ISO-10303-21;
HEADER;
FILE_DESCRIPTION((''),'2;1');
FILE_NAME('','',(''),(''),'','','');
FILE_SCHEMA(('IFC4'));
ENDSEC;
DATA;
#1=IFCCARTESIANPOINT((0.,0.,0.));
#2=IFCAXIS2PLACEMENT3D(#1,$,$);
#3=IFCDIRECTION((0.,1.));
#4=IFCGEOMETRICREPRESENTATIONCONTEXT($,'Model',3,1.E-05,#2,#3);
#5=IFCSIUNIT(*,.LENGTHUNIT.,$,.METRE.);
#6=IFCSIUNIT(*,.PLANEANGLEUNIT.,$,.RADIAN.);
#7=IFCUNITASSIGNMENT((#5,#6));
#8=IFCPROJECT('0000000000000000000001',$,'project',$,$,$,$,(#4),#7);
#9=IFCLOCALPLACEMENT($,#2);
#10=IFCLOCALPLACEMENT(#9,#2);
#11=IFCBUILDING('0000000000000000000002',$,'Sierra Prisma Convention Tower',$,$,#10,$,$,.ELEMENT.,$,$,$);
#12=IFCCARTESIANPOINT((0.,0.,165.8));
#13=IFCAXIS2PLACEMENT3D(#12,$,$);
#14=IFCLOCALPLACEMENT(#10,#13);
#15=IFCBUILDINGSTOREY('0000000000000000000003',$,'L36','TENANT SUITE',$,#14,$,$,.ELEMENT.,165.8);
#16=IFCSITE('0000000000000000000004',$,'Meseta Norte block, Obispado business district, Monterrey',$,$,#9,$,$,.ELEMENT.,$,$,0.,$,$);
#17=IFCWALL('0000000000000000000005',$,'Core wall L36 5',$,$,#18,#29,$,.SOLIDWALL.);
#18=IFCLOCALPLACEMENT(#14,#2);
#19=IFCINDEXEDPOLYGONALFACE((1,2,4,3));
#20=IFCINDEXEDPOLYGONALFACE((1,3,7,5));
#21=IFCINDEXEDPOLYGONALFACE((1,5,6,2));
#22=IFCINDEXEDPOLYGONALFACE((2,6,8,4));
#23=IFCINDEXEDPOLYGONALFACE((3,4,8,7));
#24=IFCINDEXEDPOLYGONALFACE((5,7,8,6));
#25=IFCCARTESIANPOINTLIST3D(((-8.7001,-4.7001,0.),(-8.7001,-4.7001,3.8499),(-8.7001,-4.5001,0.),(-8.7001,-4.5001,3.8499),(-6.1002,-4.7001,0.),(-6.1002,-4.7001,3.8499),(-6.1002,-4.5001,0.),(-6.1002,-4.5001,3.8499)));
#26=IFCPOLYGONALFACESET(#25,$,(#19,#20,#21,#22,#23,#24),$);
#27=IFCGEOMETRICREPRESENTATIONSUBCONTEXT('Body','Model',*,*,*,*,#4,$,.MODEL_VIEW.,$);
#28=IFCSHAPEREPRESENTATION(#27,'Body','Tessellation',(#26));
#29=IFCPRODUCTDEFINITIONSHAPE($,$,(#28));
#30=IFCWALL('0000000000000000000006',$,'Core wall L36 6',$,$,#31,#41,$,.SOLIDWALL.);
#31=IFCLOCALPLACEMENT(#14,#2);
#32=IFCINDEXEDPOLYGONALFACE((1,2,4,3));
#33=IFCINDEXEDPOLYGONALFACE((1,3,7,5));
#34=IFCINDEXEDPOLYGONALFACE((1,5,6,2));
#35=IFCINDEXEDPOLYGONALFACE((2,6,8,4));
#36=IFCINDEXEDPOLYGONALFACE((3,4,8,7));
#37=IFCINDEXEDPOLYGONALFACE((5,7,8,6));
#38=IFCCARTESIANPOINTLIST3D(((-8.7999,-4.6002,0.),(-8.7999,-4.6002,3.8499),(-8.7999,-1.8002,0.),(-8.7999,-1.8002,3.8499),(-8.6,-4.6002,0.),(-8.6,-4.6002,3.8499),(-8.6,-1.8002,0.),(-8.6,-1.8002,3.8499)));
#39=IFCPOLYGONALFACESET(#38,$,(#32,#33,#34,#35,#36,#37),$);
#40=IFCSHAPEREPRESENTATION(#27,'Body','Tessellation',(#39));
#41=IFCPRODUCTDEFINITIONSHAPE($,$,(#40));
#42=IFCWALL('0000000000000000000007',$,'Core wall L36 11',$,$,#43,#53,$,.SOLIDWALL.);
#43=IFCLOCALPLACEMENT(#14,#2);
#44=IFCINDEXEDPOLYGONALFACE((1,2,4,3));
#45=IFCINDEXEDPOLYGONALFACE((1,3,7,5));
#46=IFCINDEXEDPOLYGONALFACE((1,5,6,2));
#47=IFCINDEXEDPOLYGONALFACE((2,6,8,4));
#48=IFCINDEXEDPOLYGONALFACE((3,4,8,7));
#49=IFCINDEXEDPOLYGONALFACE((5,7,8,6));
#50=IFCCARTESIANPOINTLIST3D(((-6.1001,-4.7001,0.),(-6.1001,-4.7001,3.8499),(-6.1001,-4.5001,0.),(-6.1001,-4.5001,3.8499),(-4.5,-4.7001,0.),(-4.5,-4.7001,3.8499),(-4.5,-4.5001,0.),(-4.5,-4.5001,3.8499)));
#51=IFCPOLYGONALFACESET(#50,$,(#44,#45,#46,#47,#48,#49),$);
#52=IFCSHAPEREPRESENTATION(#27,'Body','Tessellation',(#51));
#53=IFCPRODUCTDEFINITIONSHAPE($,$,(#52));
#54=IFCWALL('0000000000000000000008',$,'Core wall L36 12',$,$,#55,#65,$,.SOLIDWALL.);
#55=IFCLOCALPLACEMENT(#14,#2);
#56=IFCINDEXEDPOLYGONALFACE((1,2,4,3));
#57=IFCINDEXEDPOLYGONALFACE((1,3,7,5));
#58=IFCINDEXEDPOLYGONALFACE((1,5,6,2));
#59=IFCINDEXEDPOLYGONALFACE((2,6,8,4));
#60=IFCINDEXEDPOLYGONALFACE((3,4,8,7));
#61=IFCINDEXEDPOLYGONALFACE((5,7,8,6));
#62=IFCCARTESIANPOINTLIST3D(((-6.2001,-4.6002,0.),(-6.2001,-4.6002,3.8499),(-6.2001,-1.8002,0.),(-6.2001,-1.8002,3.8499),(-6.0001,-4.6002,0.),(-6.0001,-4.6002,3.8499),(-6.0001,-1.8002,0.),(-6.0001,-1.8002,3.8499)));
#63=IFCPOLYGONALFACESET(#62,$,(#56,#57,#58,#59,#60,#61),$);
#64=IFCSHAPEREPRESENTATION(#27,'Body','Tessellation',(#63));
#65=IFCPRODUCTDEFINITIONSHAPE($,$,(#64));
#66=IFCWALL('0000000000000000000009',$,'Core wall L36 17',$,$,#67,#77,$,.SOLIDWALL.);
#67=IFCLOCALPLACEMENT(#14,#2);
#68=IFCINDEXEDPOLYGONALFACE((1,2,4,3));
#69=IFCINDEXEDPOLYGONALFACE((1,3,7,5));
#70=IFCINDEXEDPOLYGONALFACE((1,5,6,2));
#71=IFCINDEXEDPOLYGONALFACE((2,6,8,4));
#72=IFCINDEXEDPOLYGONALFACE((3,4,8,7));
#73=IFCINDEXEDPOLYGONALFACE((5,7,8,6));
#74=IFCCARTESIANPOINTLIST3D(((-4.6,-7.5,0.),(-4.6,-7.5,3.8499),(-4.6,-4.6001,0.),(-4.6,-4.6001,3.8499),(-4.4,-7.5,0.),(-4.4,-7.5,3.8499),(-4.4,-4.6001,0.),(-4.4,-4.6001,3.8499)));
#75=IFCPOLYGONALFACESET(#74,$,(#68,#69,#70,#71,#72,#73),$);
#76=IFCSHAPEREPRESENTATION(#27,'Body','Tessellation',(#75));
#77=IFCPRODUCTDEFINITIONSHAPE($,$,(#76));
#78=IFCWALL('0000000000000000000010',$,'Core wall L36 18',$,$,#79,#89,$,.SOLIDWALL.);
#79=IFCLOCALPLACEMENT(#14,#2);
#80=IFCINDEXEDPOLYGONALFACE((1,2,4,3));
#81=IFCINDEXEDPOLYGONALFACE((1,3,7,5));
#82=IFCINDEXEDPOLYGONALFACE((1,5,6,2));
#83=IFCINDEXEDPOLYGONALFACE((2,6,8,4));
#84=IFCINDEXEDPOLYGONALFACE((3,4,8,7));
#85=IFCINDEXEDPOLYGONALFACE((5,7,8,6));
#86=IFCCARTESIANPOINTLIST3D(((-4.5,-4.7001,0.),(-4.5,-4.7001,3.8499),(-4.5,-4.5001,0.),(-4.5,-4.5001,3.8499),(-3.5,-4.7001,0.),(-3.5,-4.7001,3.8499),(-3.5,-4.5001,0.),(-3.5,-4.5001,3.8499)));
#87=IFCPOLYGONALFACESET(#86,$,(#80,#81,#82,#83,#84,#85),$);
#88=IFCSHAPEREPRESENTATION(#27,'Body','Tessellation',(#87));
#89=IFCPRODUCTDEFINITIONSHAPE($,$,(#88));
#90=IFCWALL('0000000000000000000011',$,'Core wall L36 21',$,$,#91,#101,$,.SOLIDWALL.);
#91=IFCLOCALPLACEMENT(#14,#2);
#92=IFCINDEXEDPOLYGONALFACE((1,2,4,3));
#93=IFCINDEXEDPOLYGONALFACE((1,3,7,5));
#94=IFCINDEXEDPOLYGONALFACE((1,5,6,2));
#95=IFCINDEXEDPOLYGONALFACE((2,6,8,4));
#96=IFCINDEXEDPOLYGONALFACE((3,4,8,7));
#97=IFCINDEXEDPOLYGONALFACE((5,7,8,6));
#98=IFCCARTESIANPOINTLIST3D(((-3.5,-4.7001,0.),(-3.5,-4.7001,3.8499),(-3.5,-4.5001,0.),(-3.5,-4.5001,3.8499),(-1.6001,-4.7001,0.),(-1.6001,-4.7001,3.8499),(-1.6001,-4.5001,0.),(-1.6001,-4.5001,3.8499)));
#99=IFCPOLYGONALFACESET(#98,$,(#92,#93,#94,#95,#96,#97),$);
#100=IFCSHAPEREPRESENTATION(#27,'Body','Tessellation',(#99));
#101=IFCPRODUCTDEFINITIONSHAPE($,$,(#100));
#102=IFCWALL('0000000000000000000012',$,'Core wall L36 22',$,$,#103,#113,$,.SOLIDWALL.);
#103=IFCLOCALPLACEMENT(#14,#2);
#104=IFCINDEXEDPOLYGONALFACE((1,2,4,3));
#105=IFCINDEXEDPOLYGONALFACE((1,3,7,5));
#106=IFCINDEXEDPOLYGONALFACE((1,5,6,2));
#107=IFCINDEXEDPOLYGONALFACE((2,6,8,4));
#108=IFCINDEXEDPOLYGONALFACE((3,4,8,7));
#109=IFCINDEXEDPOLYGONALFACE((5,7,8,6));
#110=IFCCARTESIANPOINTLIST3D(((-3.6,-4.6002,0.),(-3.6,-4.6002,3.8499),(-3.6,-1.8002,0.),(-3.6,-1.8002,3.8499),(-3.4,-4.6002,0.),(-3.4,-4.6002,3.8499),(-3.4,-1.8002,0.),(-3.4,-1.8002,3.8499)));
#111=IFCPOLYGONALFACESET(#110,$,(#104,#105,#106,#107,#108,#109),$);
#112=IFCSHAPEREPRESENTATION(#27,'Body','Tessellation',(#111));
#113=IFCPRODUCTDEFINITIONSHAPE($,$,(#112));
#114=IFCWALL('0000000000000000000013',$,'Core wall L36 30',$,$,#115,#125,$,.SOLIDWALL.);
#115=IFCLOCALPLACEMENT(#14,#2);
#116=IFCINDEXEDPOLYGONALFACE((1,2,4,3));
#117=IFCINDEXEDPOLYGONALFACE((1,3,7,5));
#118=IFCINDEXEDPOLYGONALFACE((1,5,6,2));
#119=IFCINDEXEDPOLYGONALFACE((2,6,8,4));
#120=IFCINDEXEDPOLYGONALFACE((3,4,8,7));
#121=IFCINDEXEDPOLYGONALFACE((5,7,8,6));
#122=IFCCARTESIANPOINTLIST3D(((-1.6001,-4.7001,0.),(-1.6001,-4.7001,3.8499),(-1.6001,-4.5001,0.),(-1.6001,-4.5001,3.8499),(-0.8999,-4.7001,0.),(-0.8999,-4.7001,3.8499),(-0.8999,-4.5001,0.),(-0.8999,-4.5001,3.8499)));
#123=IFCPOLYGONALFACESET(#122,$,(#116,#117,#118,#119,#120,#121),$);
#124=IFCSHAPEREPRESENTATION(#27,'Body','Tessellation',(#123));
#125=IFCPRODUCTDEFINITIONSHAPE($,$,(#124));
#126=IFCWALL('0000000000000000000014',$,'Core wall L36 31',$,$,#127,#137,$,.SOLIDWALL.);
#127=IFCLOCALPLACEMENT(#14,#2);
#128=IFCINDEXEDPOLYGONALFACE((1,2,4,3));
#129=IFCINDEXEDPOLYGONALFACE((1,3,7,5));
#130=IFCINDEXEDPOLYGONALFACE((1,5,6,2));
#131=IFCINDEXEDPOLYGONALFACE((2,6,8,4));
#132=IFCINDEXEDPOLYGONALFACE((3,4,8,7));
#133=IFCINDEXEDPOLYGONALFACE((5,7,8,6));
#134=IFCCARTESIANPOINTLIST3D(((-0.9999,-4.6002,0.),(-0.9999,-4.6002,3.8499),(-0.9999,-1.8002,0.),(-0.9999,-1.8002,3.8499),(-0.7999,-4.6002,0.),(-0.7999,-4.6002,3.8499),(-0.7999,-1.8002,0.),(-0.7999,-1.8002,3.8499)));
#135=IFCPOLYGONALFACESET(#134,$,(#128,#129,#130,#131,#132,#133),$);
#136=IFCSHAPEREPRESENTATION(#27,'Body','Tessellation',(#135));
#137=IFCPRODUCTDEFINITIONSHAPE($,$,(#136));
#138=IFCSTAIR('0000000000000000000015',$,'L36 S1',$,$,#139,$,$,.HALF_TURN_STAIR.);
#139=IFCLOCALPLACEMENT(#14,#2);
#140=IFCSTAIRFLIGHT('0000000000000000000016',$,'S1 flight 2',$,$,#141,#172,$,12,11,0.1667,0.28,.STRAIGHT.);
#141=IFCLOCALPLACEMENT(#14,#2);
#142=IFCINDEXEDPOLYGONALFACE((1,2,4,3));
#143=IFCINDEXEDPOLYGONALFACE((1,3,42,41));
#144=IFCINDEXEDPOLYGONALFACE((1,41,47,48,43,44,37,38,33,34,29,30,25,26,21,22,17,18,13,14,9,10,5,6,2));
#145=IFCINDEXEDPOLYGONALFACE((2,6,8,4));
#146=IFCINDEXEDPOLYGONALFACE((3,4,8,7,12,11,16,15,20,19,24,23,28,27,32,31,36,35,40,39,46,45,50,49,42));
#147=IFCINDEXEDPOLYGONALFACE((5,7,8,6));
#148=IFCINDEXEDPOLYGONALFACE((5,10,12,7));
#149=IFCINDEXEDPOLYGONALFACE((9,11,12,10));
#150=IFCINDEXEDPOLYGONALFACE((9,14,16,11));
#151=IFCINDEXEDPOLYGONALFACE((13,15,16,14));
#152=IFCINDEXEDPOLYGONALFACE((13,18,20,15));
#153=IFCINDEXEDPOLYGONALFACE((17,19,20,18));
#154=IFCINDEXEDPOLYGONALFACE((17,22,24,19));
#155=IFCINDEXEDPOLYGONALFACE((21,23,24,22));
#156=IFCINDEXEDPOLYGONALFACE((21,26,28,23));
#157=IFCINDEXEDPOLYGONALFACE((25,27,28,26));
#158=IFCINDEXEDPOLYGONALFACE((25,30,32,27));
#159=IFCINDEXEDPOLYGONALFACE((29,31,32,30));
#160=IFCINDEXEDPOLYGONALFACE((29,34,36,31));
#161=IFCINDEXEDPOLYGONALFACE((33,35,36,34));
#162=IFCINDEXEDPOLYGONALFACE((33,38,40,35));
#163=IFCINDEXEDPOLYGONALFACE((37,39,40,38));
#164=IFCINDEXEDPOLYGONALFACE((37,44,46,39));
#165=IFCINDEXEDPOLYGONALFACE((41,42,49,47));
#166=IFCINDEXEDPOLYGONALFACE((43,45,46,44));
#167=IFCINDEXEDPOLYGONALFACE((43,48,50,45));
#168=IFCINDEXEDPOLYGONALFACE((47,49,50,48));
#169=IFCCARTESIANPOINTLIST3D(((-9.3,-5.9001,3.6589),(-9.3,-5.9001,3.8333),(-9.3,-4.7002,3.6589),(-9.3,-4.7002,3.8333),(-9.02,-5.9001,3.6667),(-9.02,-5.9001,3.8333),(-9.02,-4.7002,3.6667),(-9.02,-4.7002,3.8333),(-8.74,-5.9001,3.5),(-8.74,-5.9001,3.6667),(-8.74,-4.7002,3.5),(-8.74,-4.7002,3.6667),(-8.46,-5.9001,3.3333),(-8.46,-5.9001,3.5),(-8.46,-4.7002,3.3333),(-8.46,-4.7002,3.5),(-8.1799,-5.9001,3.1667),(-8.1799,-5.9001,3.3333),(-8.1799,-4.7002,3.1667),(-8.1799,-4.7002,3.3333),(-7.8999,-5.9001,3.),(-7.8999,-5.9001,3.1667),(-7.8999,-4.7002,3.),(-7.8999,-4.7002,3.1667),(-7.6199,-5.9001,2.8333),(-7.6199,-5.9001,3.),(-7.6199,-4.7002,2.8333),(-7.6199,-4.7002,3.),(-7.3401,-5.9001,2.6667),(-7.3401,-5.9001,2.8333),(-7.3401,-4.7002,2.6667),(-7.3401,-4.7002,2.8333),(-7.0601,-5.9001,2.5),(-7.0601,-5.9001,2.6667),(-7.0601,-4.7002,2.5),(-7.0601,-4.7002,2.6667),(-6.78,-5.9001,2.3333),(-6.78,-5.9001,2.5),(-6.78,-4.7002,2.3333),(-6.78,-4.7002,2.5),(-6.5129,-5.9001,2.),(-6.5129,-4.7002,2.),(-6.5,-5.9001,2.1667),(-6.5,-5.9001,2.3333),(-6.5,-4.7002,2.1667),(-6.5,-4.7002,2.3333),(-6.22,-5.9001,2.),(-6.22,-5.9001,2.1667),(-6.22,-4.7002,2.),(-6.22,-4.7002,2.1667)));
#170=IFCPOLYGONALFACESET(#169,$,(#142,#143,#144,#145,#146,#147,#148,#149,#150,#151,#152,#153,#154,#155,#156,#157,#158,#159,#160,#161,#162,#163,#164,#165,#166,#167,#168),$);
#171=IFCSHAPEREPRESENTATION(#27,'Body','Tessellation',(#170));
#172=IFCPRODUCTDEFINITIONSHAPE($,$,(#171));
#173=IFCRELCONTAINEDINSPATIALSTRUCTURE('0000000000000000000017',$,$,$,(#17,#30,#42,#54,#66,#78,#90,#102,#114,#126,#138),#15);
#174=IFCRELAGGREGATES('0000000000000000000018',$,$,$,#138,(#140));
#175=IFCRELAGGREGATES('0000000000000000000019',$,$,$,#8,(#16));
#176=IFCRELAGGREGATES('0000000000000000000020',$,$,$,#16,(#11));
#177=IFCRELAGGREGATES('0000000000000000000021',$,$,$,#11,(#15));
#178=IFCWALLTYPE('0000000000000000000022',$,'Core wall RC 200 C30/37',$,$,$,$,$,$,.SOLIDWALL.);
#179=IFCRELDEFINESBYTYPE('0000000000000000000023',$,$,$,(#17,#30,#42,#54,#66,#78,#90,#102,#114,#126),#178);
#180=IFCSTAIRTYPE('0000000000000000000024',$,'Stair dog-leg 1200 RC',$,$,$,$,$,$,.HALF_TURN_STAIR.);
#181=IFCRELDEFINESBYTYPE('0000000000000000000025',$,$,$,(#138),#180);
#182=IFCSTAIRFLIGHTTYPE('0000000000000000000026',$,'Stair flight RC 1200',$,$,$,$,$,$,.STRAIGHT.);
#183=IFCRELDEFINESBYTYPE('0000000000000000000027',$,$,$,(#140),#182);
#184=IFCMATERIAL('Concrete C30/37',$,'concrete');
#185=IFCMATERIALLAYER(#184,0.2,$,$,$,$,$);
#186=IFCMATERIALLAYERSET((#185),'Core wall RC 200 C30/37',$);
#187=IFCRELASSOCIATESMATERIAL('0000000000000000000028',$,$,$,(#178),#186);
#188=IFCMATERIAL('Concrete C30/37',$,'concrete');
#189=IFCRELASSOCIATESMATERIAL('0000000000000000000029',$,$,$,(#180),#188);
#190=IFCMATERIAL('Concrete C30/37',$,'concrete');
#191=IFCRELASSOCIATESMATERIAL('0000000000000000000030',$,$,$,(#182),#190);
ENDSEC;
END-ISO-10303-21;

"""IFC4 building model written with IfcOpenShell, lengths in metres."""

from ifc_helpers import new_model, si_unit, direction, frame, frame_2d, origin, place, context, subcontext, project, spatial, polyline, rectangle, outline, extrude, material, layer, layer_set, type_object, element, aggregate, save


model = new_model("IFC4")

# Units and contexts
model_context = context("Model", 3, precision=1e-05, world=origin(), true_north=direction((0.0, 1.0)))
body_context = subcontext(model_context, "Body", "Model", "MODEL_VIEW")
ifc_project = project(units=[si_unit("LENGTHUNIT", "METRE"), si_unit("PLANEANGLEUNIT", "RADIAN")], contexts=[model_context])

# Site, building, storey
site_placement = place(None, origin())
site = spatial("IfcSite", under=ifc_project, at=site_placement, Name="Meseta Norte block, Obispado business district, Monterrey", CompositionType="ELEMENT", RefElevation=0.0)
building_placement = place(site_placement, origin())
building = spatial("IfcBuilding", under=site, at=building_placement, Name="Sierra Prisma Convention Tower", CompositionType="ELEMENT")
storey_placement = place(building_placement, frame((0.0, 0.0, 165.8)))
storey = spatial("IfcBuildingStorey", under=building, at=storey_placement, Name="L36", Description="TENANT SUITE", CompositionType="ELEMENT", Elevation=165.8)

# Shared definitions
ifc_material_1 = material(Name="Concrete C30/37", Category="concrete")
ifc_layer = layer(ifc_material_1, 0.2)
ifc_layer_set = layer_set([ifc_layer], Name="Core wall RC 200 C30/37")
wall_type = type_object("IfcWallType", Name="Core wall RC 200 C30/37", PredefinedType="SOLIDWALL", material=ifc_layer_set)

# Walls
wall_1_placement = place(storey_placement, frame((-8.7, -4.6001, 0.0), z_axis=(0.0, 0.0, 1.0), x_axis=(1.0, 0.0, 0.0)))
element("IfcWall", 1, at=wall_1_placement, inside=storey, type_object=wall_type, Name="Core wall L36 5", PredefinedType="SOLIDWALL", context=body_context, shape_type="SweptSolid", body=[
    extrude(rectangle(XDim=2.5999, YDim=0.2, at=frame_2d((1.2998, 0.0))), origin(), (0.0, 0.0, 1.0), 3.8499),
])
wall_2_placement = place(storey_placement, frame((-8.7, -4.6001, 0.0), z_axis=(0.0, 0.0, 1.0), x_axis=(0.0, 1.0, 0.0)))
element("IfcWall", 2, at=wall_2_placement, inside=storey, type_object=wall_type, Name="Core wall L36 6", PredefinedType="SOLIDWALL", context=body_context, shape_type="SweptSolid", body=[
    extrude(rectangle(XDim=2.8, YDim=0.2, at=frame_2d((1.3999, 0.0))), origin(), (0.0, 0.0, 1.0), 3.8499),
])

# Walls
wall_3_placement = place(storey_placement, frame((-6.1001, -4.6001, 0.0), z_axis=(0.0, 0.0, 1.0), x_axis=(1.0, 0.0, 0.0)))
element("IfcWall", 3, at=wall_3_placement, inside=storey, type_object=wall_type, Name="Core wall L36 11", PredefinedType="SOLIDWALL", context=body_context, shape_type="SweptSolid", body=[
    extrude(rectangle(XDim=1.6001, YDim=0.2, at=frame_2d((0.8, 0.0))), origin(), (0.0, 0.0, 1.0), 3.8499),
])
wall_4_placement = place(storey_placement, frame((-6.1001, -4.6001, 0.0), z_axis=(0.0, 0.0, 1.0), x_axis=(0.0, 1.0, 0.0)))
element("IfcWall", 4, at=wall_4_placement, inside=storey, type_object=wall_type, Name="Core wall L36 12", PredefinedType="SOLIDWALL", context=body_context, shape_type="SweptSolid", body=[
    extrude(rectangle(XDim=2.8, YDim=0.2, at=frame_2d((1.3999, 0.0))), origin(), (0.0, 0.0, 1.0), 3.8499),
])

# Walls
wall_5_placement = place(storey_placement, frame((-4.5, -4.6001, 0.0), z_axis=(0.0, 0.0, 1.0), x_axis=(0.0, -1.0, 0.0)))
element("IfcWall", 5, at=wall_5_placement, inside=storey, type_object=wall_type, Name="Core wall L36 17", PredefinedType="SOLIDWALL", context=body_context, shape_type="SweptSolid", body=[
    extrude(rectangle(XDim=2.8999, YDim=0.2, at=frame_2d((1.45, 0.0))), origin(), (0.0, 0.0, 1.0), 3.8499),
])
wall_6_placement = place(storey_placement, frame((-4.5, -4.6001, 0.0), z_axis=(0.0, 0.0, 1.0), x_axis=(1.0, 0.0, 0.0)))
element("IfcWall", 6, at=wall_6_placement, inside=storey, type_object=wall_type, Name="Core wall L36 18", PredefinedType="SOLIDWALL", context=body_context, shape_type="SweptSolid", body=[
    extrude(rectangle(XDim=1.0, YDim=0.2, at=frame_2d((0.5, 0.0))), origin(), (0.0, 0.0, 1.0), 3.8499),
])
wall_7_placement = place(storey_placement, frame((-3.5, -4.6001, 0.0), z_axis=(0.0, 0.0, 1.0), x_axis=(1.0, 0.0, 0.0)))
element("IfcWall", 7, at=wall_7_placement, inside=storey, type_object=wall_type, Name="Core wall L36 21", PredefinedType="SOLIDWALL", context=body_context, shape_type="SweptSolid", body=[
    extrude(rectangle(XDim=1.8999, YDim=0.2, at=frame_2d((0.95, 0.0))), origin(), (0.0, 0.0, 1.0), 3.8499),
])
wall_8_placement = place(storey_placement, frame((-3.5, -4.6001, 0.0), z_axis=(0.0, 0.0, 1.0), x_axis=(0.0, 1.0, 0.0)))
element("IfcWall", 8, at=wall_8_placement, inside=storey, type_object=wall_type, Name="Core wall L36 22", PredefinedType="SOLIDWALL", context=body_context, shape_type="SweptSolid", body=[
    extrude(rectangle(XDim=2.8, YDim=0.2, at=frame_2d((1.3999, 0.0))), origin(), (0.0, 0.0, 1.0), 3.8499),
])

# Walls
wall_9_placement = place(storey_placement, frame((-1.6001, -4.6001, 0.0), z_axis=(0.0, 0.0, 1.0), x_axis=(1.0, 0.0, 0.0)))
element("IfcWall", 9, at=wall_9_placement, inside=storey, type_object=wall_type, Name="Core wall L36 30", PredefinedType="SOLIDWALL", context=body_context, shape_type="SweptSolid", body=[
    extrude(rectangle(XDim=0.7002, YDim=0.2, at=frame_2d((0.3501, 0.0))), origin(), (0.0, 0.0, 1.0), 3.8499),
])
wall_10_placement = place(storey_placement, frame((-0.8999, -4.6001, 0.0), z_axis=(0.0, 0.0, 1.0), x_axis=(0.0, 1.0, 0.0)))
element("IfcWall", 10, at=wall_10_placement, inside=storey, type_object=wall_type, Name="Core wall L36 31", PredefinedType="SOLIDWALL", context=body_context, shape_type="SweptSolid", body=[
    extrude(rectangle(XDim=2.8, YDim=0.2, at=frame_2d((1.3999, 0.0))), origin(), (0.0, 0.0, 1.0), 3.8499),
])

# Stair, stair flight
ifc_material_2 = material(Name="Concrete C30/37", Category="concrete")
stair_type = type_object("IfcStairType", Name="Stair dog-leg 1200 RC", PredefinedType="HALF_TURN_STAIR", material=ifc_material_2)
stair_placement = place(storey_placement, origin())
stair = element("IfcStair", 11, at=stair_placement, inside=storey, type_object=stair_type, Name="L36 S1", PredefinedType="HALF_TURN_STAIR")
ifc_material_3 = material(Name="Concrete C30/37", Category="concrete")
stair_flight_type = type_object("IfcStairFlightType", Name="Stair flight RC 1200", PredefinedType="STRAIGHT", material=ifc_material_3)
stair_flight_placement = place(storey_placement, frame((-6.22, -5.3, 2.0), z_axis=(0.0, 0.0, 1.0), x_axis=(-1.0, 0.0, 0.0)))
stair_flight = element("IfcStairFlight", 12, at=stair_flight_placement, type_object=stair_flight_type, Name="S1 flight 2", NumberOfRisers=12, NumberOfTreads=11, PredefinedType="STRAIGHT", RiserHeight=0.1667, TreadLength=0.28, context=body_context, shape_type="SweptSolid", body=[
    extrude(outline(polyline([(0.0, 0.0), (0.0, 0.1667), (0.28, 0.1667), (0.28, 0.3333), (0.5601, 0.3333), (0.5601, 0.5), (0.8401, 0.5), (0.8401, 0.6667), (1.1201, 0.6667), (1.1201, 0.8333), (1.3999, 0.8333), (1.3999, 1.0), (1.6799, 1.0), (1.6799, 1.1667), (1.96, 1.1667), (1.96, 1.3333), (2.24, 1.3333), (2.24, 1.5), (2.52, 1.5), (2.52, 1.6667), (2.8, 1.6667), (2.8, 1.8333), (3.0801, 1.8333), (3.0801, 2.0), (3.0801, 1.6589), (0.293, 0.0), (0.0, 0.0)])), frame((0.0, 0.6001, 0.0), z_axis=(0.0, -1.0, 0.0), x_axis=(1.0, 0.0, 0.0)), (0.0, 0.0, 1.0), 1.2),
])
aggregate(stair, [stair_flight])

save(model, "model.ifc")
